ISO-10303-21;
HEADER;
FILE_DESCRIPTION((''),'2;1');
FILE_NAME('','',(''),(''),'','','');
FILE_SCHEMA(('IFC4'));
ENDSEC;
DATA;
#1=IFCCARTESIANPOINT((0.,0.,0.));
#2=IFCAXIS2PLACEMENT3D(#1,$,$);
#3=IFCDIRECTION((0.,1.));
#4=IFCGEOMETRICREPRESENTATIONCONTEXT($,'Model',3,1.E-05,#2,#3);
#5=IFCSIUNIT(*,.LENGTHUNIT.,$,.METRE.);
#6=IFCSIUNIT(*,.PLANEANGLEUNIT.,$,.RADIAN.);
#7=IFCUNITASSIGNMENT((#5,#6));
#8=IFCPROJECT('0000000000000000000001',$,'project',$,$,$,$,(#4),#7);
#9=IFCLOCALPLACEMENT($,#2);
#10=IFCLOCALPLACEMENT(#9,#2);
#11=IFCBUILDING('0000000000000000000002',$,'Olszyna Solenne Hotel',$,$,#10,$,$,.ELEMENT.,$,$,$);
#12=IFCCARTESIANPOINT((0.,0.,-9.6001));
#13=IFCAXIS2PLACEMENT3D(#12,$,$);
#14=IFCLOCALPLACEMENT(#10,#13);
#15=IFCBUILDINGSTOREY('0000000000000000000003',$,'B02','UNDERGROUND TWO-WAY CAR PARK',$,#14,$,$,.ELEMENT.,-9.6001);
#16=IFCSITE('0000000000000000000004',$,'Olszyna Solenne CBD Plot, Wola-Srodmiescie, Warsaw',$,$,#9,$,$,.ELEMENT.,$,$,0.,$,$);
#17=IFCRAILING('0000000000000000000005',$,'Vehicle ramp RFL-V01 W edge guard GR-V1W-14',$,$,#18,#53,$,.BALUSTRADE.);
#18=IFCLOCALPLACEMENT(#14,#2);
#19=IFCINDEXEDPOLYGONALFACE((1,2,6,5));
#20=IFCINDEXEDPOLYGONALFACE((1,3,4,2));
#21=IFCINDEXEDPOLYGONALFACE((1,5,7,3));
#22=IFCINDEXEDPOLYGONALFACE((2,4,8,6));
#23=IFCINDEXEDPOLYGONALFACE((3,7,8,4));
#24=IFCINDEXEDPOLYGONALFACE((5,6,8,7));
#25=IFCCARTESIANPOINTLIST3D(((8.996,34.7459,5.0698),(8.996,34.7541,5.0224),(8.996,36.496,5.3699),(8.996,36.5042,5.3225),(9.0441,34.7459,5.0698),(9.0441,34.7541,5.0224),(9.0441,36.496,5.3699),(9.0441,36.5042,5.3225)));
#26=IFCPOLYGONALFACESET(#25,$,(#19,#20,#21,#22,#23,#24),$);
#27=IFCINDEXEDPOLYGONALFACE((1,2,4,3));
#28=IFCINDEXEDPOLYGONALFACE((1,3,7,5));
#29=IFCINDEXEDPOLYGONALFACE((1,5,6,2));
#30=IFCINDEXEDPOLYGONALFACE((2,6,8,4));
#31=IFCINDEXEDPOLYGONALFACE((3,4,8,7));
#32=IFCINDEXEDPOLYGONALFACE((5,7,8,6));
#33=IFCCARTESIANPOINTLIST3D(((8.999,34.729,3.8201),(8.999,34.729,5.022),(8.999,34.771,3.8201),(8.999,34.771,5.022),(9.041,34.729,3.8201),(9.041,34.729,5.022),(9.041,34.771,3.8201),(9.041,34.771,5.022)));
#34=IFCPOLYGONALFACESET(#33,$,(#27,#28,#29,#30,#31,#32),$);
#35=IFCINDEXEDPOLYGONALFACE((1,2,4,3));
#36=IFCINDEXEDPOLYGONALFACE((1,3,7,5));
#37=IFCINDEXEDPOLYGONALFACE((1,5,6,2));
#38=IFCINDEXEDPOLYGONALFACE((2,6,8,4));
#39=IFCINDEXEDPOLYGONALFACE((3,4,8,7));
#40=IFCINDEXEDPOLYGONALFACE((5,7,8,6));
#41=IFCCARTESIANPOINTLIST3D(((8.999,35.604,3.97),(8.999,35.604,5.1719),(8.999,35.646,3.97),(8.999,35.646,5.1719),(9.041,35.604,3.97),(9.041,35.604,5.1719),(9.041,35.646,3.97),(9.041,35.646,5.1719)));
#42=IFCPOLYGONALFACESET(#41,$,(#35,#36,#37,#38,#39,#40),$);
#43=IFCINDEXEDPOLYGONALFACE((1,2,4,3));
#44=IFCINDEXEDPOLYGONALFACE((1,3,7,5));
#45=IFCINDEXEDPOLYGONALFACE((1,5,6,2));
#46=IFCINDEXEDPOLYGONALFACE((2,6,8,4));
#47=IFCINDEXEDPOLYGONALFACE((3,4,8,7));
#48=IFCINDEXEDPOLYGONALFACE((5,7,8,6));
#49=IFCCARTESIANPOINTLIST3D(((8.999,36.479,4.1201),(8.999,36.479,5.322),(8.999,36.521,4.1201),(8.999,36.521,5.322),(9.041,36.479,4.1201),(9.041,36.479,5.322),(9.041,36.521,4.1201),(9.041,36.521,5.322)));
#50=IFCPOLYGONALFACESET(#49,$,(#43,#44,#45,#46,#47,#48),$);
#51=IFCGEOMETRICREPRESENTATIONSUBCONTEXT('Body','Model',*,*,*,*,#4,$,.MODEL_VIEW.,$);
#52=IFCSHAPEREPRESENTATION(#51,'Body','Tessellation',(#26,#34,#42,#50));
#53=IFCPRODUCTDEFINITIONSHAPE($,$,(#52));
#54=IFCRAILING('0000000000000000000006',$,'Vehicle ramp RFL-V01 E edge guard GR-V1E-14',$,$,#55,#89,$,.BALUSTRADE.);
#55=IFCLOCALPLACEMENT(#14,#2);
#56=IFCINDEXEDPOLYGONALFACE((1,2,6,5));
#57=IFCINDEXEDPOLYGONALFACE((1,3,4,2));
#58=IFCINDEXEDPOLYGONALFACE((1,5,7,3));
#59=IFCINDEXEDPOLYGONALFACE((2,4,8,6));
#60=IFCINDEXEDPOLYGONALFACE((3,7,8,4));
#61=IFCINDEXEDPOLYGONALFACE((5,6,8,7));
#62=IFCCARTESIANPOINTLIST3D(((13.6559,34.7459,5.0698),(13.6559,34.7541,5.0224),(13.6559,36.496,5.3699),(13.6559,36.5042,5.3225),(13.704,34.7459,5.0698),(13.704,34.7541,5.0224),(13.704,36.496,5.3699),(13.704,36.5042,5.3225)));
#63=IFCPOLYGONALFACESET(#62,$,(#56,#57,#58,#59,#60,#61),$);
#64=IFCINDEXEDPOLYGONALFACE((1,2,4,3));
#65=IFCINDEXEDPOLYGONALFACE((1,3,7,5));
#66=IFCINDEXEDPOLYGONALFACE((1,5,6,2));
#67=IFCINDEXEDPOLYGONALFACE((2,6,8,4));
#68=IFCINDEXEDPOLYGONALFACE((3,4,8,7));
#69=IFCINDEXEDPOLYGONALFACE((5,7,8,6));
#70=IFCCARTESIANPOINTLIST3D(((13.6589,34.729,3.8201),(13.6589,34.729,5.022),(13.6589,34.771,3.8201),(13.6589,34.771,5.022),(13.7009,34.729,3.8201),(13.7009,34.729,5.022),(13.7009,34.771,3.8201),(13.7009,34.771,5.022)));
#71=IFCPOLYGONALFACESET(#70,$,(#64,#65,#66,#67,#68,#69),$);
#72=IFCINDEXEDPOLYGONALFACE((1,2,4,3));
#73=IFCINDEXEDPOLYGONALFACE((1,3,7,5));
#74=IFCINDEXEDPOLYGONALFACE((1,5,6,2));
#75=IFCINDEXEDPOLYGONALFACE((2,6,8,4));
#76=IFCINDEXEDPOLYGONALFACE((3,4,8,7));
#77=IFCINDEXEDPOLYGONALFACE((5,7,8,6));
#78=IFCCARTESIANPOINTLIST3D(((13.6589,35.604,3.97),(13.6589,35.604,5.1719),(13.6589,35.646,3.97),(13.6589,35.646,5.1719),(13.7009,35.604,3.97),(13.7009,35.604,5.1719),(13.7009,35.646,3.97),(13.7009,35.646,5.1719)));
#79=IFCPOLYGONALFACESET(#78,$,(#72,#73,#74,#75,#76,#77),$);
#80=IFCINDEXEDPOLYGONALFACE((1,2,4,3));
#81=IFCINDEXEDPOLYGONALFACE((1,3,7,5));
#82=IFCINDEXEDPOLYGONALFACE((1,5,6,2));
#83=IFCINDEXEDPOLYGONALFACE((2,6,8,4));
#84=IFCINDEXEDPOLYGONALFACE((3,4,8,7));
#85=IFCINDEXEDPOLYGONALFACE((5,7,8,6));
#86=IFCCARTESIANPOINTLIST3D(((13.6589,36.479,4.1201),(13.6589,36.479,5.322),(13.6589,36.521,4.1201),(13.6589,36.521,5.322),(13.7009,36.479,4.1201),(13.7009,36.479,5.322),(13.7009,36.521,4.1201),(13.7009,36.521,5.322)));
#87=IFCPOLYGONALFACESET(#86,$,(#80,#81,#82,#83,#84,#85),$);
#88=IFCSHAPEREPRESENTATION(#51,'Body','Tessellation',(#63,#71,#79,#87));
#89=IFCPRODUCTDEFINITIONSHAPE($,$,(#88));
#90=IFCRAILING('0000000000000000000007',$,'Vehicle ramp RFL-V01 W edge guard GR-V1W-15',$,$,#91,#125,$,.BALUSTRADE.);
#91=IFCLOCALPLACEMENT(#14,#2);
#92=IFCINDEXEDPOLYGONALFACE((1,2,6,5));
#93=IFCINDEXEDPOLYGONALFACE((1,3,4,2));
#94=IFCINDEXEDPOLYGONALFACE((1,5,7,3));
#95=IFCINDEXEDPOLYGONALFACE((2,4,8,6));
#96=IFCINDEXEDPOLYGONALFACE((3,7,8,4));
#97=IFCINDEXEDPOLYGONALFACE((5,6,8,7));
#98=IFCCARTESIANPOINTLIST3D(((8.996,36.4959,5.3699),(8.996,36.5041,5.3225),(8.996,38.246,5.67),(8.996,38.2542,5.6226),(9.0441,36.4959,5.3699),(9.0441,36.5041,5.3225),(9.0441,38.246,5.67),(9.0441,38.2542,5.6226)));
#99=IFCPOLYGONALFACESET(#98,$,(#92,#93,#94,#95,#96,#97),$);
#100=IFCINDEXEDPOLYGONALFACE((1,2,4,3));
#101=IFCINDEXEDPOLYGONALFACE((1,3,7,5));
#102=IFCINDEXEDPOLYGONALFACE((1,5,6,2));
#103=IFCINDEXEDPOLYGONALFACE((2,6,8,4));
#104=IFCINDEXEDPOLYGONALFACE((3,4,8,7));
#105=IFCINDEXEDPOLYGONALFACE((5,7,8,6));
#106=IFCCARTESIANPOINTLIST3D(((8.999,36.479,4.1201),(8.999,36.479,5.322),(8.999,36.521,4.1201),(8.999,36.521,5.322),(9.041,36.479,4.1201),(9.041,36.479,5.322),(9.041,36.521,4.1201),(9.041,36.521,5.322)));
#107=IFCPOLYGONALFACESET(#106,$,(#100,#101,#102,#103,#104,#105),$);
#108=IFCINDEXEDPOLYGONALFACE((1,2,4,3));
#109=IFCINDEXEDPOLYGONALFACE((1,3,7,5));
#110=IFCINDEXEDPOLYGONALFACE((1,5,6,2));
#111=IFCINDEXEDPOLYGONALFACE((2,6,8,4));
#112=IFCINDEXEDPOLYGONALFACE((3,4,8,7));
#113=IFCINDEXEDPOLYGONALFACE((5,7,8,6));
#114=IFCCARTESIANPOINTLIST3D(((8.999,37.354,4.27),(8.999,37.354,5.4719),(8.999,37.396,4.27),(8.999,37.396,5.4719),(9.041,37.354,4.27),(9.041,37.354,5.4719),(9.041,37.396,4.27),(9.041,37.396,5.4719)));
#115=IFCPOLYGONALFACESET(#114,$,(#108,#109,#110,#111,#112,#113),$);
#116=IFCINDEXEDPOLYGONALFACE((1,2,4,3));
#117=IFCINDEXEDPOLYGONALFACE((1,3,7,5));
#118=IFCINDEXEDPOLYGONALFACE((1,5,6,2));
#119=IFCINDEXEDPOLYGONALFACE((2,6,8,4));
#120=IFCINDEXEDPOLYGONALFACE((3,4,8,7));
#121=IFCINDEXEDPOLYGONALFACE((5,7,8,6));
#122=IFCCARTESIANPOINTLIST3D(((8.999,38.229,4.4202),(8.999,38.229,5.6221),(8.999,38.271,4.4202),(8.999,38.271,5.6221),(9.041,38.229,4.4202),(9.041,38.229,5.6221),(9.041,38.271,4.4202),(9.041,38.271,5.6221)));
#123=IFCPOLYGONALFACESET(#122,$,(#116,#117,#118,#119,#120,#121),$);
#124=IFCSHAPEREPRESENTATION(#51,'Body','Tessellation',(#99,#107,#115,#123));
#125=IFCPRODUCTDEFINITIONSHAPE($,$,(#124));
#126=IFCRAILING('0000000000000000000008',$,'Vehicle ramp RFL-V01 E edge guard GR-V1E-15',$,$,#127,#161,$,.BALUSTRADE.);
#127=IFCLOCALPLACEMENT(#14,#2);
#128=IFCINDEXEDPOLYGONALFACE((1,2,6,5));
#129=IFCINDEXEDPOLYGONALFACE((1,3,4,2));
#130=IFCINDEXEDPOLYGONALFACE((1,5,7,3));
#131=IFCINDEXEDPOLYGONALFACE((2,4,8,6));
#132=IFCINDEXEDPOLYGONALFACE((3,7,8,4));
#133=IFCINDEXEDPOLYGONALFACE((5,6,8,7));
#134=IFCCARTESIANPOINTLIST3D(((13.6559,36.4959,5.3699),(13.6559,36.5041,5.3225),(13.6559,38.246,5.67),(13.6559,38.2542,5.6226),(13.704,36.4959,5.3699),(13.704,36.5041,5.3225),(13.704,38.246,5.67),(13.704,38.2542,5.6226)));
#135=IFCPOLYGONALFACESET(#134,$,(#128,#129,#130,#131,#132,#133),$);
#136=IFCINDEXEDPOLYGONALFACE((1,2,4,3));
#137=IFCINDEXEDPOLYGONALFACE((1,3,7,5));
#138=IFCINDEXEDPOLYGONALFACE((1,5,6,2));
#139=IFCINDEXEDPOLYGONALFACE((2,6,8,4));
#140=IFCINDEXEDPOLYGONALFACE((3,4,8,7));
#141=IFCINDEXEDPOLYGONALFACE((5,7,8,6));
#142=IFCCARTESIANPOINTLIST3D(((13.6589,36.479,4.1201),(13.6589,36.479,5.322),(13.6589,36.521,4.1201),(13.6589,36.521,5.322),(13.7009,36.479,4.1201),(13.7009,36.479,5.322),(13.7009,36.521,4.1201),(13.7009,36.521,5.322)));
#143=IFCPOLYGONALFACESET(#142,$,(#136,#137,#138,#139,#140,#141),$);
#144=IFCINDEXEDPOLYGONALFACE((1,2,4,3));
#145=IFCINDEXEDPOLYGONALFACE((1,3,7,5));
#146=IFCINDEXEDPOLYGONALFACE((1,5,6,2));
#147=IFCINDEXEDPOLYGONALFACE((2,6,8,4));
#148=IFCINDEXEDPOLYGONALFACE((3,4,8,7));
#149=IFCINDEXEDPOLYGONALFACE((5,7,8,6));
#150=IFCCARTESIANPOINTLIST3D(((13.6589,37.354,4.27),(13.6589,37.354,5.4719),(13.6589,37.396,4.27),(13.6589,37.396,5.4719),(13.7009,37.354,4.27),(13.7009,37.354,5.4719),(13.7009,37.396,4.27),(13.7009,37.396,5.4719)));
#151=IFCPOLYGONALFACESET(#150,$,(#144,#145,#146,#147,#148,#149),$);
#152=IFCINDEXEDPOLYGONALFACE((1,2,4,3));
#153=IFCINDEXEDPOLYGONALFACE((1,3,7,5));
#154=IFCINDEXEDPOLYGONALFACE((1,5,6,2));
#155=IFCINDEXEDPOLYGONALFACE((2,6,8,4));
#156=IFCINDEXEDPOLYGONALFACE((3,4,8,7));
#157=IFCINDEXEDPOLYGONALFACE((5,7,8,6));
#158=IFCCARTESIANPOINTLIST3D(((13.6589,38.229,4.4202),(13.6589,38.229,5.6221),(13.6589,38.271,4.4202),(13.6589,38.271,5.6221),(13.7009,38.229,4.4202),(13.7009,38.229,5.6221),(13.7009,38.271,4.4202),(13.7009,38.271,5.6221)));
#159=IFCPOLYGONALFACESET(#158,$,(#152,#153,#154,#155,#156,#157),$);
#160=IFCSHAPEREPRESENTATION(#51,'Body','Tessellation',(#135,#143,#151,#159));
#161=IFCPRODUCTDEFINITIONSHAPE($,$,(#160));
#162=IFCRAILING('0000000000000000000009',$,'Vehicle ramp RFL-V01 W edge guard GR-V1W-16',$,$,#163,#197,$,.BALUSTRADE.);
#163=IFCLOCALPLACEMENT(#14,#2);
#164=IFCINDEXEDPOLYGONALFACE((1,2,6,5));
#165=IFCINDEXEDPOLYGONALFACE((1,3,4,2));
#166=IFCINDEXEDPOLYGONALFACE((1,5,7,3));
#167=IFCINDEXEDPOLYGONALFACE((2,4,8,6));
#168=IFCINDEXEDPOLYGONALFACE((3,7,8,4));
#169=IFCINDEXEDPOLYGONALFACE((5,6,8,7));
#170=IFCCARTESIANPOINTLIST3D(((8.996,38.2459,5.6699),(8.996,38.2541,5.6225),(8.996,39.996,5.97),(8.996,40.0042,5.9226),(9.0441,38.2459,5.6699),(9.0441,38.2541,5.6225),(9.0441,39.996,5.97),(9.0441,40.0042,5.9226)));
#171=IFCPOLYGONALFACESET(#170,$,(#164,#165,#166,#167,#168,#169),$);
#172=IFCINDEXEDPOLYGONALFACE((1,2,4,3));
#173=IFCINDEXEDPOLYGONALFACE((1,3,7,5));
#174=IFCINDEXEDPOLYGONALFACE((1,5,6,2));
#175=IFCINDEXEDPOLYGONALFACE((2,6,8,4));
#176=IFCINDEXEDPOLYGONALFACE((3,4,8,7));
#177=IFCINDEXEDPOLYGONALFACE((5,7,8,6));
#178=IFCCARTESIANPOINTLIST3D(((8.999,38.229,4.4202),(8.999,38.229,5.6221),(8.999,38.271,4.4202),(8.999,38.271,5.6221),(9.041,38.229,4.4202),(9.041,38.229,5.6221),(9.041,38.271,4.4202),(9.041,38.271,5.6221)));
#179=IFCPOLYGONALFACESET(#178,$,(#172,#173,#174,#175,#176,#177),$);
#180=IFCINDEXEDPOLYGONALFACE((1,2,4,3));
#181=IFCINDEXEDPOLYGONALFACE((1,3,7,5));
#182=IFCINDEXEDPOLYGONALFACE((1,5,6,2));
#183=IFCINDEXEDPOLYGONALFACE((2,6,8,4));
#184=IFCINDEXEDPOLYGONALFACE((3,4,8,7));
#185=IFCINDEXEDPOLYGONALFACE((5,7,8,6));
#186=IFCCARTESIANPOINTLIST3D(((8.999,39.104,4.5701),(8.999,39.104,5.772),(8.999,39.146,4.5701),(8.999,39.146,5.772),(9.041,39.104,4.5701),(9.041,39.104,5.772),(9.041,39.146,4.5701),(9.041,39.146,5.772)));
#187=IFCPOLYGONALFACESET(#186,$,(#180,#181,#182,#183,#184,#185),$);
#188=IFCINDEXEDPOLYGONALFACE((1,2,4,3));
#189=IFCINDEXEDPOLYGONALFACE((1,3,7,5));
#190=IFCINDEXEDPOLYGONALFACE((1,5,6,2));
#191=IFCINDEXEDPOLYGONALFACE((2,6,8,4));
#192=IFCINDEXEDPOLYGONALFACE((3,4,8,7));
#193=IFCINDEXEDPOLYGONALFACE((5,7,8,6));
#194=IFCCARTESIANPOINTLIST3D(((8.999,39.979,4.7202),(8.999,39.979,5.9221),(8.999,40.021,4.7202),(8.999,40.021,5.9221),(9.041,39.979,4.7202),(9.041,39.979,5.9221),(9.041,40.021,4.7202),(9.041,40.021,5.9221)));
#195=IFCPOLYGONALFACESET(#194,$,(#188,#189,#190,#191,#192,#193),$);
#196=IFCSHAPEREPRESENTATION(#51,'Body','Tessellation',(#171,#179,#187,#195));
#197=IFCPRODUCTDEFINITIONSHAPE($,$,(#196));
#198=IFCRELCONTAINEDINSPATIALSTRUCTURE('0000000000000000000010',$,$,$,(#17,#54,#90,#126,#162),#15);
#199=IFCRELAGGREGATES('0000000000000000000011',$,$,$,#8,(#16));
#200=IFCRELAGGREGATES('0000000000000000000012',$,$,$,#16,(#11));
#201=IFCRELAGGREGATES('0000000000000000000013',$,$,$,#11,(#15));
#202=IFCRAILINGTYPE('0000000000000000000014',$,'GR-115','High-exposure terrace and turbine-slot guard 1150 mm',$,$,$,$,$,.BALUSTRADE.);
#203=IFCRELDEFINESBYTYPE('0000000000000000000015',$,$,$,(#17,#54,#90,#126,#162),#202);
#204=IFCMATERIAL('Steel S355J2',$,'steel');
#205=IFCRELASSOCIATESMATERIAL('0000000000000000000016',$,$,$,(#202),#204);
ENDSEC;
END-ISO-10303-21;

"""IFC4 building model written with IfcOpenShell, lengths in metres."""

from ifc_helpers import new_model, si_unit, direction, frame, origin, origin_2d, place, context, subcontext, project, spatial, rectangle, extrude, material, type_object, element, save


model = new_model("IFC4")

# Units and contexts
model_context = context("Model", 3, precision=1e-05, world=origin(), true_north=direction((0.0, 1.0)))
body_context = subcontext(model_context, "Body", "Model", "MODEL_VIEW")
ifc_project = project(units=[si_unit("LENGTHUNIT", "METRE"), si_unit("PLANEANGLEUNIT", "RADIAN")], contexts=[model_context])

# Site, building, storey
site_placement = place(None, origin())
site = spatial("IfcSite", under=ifc_project, at=site_placement, Name="Olszyna Solenne CBD Plot, Wola-Srodmiescie, Warsaw", CompositionType="ELEMENT", RefElevation=0.0)
building_placement = place(site_placement, origin())
building = spatial("IfcBuilding", under=site, at=building_placement, Name="Olszyna Solenne Hotel", CompositionType="ELEMENT")
storey_placement = place(building_placement, frame((0.0, 0.0, -9.6001)))
storey = spatial("IfcBuildingStorey", under=building, at=storey_placement, Name="B02", Description="UNDERGROUND TWO-WAY CAR PARK", CompositionType="ELEMENT", Elevation=-9.6001)

# Shared definitions
ifc_material_1 = material(Name="Steel S355J2", Category="steel")

# Railings
railing_type = type_object("IfcRailingType", Name="GR-115", Description="High-exposure terrace and turbine-slot guard 1150 mm", PredefinedType="BALUSTRADE", material=ifc_material_1)
for number, where, name in (
    (1, (9.02, 34.75, 3.8201), "Vehicle ramp RFL-V01 W edge guard GR-V1W-14"),
    (2, (13.6799, 34.75, 3.8201), "Vehicle ramp RFL-V01 E edge guard GR-V1E-14"),
    (3, (9.02, 36.5, 4.1201), "Vehicle ramp RFL-V01 W edge guard GR-V1W-15"),
    (4, (13.6799, 36.5, 4.1201), "Vehicle ramp RFL-V01 E edge guard GR-V1E-15"),
    (5, (9.02, 38.25, 4.4202), "Vehicle ramp RFL-V01 W edge guard GR-V1W-16"),
):
    element("IfcRailing", number, at=place(storey_placement, frame(where)), inside=storey, type_object=railing_type, Name=name, PredefinedType="BALUSTRADE", context=body_context, shape_type="SweptSolid", body=[
        extrude(rectangle(XDim=0.0481, YDim=0.0481, at=origin_2d()), frame((0.0, 0.0, 1.2261), z_axis=(0.0, 0.985618, 0.168991), x_axis=(-1.0, 0.0, 0.0)), (0.0, 0.0, 1.0), 1.7756),
        extrude(rectangle(XDim=0.042, YDim=0.042, at=origin_2d()), origin(), (0.0, 0.0, 1.0), 1.2019),
        extrude(rectangle(XDim=0.042, YDim=0.042, at=origin_2d()), frame((0.0, 0.875, 0.1499)), (0.0, 0.0, 1.0), 1.2019),
        extrude(rectangle(XDim=0.042, YDim=0.042, at=origin_2d()), frame((0.0, 1.75, 0.3)), (0.0, 0.0, 1.0), 1.2019),
    ])

save(model, "model.ifc")
